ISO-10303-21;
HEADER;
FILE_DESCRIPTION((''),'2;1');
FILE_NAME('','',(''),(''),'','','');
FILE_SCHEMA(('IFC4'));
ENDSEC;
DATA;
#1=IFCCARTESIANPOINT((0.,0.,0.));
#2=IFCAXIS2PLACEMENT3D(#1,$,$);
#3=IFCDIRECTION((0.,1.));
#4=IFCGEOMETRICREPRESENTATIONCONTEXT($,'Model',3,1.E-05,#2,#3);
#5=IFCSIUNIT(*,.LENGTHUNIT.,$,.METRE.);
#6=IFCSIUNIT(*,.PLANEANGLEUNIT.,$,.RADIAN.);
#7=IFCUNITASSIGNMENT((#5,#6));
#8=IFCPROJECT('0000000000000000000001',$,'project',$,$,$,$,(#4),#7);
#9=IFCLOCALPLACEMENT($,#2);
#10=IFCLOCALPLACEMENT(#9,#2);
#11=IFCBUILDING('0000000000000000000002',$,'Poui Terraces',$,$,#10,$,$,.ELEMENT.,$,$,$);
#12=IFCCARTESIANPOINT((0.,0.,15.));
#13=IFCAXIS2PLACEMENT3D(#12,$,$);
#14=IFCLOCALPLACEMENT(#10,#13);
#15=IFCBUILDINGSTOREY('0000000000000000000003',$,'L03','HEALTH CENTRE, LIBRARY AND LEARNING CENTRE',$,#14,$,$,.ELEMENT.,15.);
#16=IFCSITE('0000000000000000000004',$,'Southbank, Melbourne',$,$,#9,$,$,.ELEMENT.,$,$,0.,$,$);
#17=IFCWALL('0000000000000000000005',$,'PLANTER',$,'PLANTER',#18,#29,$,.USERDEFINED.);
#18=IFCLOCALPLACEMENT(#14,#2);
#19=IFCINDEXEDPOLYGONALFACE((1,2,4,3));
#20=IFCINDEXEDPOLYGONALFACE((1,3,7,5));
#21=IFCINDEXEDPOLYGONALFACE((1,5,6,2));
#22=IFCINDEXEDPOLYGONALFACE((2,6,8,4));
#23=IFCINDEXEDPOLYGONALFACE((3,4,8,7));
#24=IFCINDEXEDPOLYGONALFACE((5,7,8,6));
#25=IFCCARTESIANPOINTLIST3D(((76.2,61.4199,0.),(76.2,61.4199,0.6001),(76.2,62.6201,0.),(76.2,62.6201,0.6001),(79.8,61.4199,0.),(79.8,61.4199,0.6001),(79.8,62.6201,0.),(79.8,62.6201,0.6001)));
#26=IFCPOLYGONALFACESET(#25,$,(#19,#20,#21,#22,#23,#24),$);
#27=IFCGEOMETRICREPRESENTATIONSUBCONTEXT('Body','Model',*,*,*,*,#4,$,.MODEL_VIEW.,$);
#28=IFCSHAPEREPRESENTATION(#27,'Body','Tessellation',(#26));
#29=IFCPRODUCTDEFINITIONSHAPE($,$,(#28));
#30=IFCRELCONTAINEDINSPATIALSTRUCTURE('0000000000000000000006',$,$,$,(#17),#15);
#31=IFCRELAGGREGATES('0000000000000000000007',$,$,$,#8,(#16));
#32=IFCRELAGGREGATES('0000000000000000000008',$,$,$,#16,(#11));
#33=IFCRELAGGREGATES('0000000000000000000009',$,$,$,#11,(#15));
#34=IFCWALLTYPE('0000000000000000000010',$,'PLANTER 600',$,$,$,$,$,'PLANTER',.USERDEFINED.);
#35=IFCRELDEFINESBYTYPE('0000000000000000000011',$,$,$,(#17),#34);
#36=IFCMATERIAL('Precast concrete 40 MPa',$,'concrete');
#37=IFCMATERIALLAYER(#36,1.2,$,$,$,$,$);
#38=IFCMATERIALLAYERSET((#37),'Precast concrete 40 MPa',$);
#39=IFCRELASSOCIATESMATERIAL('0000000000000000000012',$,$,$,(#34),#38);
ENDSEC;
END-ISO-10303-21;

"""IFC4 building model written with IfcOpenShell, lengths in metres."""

from ifc_helpers import new_model, si_unit, direction, frame, origin, place, context, subcontext, project, spatial, polyline, outline, extrude, source, transform, mapped, material, layer, layer_set, type_object, element, save


model = new_model("IFC4")

# Units and contexts
model_context = context("Model", 3, precision=1e-05, world=origin(), true_north=direction((0.0, 1.0)))
body_context = subcontext(model_context, "Body", "Model", "MODEL_VIEW")
ifc_project = project(units=[si_unit("LENGTHUNIT", "METRE"), si_unit("PLANEANGLEUNIT", "RADIAN")], contexts=[model_context])

# Site, building, storey
site_placement = place(None, origin())
site = spatial("IfcSite", under=ifc_project, at=site_placement, Name="Southbank, Melbourne", CompositionType="ELEMENT", RefElevation=0.0)
building_placement = place(site_placement, origin())
building = spatial("IfcBuilding", under=site, at=building_placement, Name="Poui Terraces", CompositionType="ELEMENT")
storey_placement = place(building_placement, frame((0.0, 0.0, 15.0)))
storey = spatial("IfcBuildingStorey", under=building, at=storey_placement, Name="L03", Description="HEALTH CENTRE, LIBRARY AND LEARNING CENTRE", CompositionType="ELEMENT", Elevation=15.0)

# Wall
ifc_material_1 = material(Name="Precast concrete 40 MPa", Category="concrete")
ifc_layer = layer(ifc_material_1, 1.2)
ifc_layer_set = layer_set([ifc_layer], Name="Precast concrete 40 MPa")
wall_type = type_object("IfcWallType", Name="PLANTER 600", ElementType="PLANTER", PredefinedType="USERDEFINED", material=ifc_layer_set)
shared_shape_1 = source(origin(), body_context, "Body", "SweptSolid", [
    extrude(outline(polyline([(0.0, 0.0), (3.6001, 0.0), (3.6001, 1.2002), (0.0, 1.2002), (0.0, 0.0)])), origin(), (0.0, 0.0, 1.0), 0.6001),
])
for number, where, name in (
    (1, (76.2, 61.4199, 0.0), "PLANTER"),
):
    element("IfcWall", number, at=place(storey_placement, frame(where)), inside=storey, type_object=wall_type, Name=name, ObjectType="PLANTER", PredefinedType="USERDEFINED", context=body_context, shape_type="MappedRepresentation", body=[
        mapped(shared_shape_1, transform((0.0, 0.0, 0.0))),
    ])

save(model, "model.ifc")
